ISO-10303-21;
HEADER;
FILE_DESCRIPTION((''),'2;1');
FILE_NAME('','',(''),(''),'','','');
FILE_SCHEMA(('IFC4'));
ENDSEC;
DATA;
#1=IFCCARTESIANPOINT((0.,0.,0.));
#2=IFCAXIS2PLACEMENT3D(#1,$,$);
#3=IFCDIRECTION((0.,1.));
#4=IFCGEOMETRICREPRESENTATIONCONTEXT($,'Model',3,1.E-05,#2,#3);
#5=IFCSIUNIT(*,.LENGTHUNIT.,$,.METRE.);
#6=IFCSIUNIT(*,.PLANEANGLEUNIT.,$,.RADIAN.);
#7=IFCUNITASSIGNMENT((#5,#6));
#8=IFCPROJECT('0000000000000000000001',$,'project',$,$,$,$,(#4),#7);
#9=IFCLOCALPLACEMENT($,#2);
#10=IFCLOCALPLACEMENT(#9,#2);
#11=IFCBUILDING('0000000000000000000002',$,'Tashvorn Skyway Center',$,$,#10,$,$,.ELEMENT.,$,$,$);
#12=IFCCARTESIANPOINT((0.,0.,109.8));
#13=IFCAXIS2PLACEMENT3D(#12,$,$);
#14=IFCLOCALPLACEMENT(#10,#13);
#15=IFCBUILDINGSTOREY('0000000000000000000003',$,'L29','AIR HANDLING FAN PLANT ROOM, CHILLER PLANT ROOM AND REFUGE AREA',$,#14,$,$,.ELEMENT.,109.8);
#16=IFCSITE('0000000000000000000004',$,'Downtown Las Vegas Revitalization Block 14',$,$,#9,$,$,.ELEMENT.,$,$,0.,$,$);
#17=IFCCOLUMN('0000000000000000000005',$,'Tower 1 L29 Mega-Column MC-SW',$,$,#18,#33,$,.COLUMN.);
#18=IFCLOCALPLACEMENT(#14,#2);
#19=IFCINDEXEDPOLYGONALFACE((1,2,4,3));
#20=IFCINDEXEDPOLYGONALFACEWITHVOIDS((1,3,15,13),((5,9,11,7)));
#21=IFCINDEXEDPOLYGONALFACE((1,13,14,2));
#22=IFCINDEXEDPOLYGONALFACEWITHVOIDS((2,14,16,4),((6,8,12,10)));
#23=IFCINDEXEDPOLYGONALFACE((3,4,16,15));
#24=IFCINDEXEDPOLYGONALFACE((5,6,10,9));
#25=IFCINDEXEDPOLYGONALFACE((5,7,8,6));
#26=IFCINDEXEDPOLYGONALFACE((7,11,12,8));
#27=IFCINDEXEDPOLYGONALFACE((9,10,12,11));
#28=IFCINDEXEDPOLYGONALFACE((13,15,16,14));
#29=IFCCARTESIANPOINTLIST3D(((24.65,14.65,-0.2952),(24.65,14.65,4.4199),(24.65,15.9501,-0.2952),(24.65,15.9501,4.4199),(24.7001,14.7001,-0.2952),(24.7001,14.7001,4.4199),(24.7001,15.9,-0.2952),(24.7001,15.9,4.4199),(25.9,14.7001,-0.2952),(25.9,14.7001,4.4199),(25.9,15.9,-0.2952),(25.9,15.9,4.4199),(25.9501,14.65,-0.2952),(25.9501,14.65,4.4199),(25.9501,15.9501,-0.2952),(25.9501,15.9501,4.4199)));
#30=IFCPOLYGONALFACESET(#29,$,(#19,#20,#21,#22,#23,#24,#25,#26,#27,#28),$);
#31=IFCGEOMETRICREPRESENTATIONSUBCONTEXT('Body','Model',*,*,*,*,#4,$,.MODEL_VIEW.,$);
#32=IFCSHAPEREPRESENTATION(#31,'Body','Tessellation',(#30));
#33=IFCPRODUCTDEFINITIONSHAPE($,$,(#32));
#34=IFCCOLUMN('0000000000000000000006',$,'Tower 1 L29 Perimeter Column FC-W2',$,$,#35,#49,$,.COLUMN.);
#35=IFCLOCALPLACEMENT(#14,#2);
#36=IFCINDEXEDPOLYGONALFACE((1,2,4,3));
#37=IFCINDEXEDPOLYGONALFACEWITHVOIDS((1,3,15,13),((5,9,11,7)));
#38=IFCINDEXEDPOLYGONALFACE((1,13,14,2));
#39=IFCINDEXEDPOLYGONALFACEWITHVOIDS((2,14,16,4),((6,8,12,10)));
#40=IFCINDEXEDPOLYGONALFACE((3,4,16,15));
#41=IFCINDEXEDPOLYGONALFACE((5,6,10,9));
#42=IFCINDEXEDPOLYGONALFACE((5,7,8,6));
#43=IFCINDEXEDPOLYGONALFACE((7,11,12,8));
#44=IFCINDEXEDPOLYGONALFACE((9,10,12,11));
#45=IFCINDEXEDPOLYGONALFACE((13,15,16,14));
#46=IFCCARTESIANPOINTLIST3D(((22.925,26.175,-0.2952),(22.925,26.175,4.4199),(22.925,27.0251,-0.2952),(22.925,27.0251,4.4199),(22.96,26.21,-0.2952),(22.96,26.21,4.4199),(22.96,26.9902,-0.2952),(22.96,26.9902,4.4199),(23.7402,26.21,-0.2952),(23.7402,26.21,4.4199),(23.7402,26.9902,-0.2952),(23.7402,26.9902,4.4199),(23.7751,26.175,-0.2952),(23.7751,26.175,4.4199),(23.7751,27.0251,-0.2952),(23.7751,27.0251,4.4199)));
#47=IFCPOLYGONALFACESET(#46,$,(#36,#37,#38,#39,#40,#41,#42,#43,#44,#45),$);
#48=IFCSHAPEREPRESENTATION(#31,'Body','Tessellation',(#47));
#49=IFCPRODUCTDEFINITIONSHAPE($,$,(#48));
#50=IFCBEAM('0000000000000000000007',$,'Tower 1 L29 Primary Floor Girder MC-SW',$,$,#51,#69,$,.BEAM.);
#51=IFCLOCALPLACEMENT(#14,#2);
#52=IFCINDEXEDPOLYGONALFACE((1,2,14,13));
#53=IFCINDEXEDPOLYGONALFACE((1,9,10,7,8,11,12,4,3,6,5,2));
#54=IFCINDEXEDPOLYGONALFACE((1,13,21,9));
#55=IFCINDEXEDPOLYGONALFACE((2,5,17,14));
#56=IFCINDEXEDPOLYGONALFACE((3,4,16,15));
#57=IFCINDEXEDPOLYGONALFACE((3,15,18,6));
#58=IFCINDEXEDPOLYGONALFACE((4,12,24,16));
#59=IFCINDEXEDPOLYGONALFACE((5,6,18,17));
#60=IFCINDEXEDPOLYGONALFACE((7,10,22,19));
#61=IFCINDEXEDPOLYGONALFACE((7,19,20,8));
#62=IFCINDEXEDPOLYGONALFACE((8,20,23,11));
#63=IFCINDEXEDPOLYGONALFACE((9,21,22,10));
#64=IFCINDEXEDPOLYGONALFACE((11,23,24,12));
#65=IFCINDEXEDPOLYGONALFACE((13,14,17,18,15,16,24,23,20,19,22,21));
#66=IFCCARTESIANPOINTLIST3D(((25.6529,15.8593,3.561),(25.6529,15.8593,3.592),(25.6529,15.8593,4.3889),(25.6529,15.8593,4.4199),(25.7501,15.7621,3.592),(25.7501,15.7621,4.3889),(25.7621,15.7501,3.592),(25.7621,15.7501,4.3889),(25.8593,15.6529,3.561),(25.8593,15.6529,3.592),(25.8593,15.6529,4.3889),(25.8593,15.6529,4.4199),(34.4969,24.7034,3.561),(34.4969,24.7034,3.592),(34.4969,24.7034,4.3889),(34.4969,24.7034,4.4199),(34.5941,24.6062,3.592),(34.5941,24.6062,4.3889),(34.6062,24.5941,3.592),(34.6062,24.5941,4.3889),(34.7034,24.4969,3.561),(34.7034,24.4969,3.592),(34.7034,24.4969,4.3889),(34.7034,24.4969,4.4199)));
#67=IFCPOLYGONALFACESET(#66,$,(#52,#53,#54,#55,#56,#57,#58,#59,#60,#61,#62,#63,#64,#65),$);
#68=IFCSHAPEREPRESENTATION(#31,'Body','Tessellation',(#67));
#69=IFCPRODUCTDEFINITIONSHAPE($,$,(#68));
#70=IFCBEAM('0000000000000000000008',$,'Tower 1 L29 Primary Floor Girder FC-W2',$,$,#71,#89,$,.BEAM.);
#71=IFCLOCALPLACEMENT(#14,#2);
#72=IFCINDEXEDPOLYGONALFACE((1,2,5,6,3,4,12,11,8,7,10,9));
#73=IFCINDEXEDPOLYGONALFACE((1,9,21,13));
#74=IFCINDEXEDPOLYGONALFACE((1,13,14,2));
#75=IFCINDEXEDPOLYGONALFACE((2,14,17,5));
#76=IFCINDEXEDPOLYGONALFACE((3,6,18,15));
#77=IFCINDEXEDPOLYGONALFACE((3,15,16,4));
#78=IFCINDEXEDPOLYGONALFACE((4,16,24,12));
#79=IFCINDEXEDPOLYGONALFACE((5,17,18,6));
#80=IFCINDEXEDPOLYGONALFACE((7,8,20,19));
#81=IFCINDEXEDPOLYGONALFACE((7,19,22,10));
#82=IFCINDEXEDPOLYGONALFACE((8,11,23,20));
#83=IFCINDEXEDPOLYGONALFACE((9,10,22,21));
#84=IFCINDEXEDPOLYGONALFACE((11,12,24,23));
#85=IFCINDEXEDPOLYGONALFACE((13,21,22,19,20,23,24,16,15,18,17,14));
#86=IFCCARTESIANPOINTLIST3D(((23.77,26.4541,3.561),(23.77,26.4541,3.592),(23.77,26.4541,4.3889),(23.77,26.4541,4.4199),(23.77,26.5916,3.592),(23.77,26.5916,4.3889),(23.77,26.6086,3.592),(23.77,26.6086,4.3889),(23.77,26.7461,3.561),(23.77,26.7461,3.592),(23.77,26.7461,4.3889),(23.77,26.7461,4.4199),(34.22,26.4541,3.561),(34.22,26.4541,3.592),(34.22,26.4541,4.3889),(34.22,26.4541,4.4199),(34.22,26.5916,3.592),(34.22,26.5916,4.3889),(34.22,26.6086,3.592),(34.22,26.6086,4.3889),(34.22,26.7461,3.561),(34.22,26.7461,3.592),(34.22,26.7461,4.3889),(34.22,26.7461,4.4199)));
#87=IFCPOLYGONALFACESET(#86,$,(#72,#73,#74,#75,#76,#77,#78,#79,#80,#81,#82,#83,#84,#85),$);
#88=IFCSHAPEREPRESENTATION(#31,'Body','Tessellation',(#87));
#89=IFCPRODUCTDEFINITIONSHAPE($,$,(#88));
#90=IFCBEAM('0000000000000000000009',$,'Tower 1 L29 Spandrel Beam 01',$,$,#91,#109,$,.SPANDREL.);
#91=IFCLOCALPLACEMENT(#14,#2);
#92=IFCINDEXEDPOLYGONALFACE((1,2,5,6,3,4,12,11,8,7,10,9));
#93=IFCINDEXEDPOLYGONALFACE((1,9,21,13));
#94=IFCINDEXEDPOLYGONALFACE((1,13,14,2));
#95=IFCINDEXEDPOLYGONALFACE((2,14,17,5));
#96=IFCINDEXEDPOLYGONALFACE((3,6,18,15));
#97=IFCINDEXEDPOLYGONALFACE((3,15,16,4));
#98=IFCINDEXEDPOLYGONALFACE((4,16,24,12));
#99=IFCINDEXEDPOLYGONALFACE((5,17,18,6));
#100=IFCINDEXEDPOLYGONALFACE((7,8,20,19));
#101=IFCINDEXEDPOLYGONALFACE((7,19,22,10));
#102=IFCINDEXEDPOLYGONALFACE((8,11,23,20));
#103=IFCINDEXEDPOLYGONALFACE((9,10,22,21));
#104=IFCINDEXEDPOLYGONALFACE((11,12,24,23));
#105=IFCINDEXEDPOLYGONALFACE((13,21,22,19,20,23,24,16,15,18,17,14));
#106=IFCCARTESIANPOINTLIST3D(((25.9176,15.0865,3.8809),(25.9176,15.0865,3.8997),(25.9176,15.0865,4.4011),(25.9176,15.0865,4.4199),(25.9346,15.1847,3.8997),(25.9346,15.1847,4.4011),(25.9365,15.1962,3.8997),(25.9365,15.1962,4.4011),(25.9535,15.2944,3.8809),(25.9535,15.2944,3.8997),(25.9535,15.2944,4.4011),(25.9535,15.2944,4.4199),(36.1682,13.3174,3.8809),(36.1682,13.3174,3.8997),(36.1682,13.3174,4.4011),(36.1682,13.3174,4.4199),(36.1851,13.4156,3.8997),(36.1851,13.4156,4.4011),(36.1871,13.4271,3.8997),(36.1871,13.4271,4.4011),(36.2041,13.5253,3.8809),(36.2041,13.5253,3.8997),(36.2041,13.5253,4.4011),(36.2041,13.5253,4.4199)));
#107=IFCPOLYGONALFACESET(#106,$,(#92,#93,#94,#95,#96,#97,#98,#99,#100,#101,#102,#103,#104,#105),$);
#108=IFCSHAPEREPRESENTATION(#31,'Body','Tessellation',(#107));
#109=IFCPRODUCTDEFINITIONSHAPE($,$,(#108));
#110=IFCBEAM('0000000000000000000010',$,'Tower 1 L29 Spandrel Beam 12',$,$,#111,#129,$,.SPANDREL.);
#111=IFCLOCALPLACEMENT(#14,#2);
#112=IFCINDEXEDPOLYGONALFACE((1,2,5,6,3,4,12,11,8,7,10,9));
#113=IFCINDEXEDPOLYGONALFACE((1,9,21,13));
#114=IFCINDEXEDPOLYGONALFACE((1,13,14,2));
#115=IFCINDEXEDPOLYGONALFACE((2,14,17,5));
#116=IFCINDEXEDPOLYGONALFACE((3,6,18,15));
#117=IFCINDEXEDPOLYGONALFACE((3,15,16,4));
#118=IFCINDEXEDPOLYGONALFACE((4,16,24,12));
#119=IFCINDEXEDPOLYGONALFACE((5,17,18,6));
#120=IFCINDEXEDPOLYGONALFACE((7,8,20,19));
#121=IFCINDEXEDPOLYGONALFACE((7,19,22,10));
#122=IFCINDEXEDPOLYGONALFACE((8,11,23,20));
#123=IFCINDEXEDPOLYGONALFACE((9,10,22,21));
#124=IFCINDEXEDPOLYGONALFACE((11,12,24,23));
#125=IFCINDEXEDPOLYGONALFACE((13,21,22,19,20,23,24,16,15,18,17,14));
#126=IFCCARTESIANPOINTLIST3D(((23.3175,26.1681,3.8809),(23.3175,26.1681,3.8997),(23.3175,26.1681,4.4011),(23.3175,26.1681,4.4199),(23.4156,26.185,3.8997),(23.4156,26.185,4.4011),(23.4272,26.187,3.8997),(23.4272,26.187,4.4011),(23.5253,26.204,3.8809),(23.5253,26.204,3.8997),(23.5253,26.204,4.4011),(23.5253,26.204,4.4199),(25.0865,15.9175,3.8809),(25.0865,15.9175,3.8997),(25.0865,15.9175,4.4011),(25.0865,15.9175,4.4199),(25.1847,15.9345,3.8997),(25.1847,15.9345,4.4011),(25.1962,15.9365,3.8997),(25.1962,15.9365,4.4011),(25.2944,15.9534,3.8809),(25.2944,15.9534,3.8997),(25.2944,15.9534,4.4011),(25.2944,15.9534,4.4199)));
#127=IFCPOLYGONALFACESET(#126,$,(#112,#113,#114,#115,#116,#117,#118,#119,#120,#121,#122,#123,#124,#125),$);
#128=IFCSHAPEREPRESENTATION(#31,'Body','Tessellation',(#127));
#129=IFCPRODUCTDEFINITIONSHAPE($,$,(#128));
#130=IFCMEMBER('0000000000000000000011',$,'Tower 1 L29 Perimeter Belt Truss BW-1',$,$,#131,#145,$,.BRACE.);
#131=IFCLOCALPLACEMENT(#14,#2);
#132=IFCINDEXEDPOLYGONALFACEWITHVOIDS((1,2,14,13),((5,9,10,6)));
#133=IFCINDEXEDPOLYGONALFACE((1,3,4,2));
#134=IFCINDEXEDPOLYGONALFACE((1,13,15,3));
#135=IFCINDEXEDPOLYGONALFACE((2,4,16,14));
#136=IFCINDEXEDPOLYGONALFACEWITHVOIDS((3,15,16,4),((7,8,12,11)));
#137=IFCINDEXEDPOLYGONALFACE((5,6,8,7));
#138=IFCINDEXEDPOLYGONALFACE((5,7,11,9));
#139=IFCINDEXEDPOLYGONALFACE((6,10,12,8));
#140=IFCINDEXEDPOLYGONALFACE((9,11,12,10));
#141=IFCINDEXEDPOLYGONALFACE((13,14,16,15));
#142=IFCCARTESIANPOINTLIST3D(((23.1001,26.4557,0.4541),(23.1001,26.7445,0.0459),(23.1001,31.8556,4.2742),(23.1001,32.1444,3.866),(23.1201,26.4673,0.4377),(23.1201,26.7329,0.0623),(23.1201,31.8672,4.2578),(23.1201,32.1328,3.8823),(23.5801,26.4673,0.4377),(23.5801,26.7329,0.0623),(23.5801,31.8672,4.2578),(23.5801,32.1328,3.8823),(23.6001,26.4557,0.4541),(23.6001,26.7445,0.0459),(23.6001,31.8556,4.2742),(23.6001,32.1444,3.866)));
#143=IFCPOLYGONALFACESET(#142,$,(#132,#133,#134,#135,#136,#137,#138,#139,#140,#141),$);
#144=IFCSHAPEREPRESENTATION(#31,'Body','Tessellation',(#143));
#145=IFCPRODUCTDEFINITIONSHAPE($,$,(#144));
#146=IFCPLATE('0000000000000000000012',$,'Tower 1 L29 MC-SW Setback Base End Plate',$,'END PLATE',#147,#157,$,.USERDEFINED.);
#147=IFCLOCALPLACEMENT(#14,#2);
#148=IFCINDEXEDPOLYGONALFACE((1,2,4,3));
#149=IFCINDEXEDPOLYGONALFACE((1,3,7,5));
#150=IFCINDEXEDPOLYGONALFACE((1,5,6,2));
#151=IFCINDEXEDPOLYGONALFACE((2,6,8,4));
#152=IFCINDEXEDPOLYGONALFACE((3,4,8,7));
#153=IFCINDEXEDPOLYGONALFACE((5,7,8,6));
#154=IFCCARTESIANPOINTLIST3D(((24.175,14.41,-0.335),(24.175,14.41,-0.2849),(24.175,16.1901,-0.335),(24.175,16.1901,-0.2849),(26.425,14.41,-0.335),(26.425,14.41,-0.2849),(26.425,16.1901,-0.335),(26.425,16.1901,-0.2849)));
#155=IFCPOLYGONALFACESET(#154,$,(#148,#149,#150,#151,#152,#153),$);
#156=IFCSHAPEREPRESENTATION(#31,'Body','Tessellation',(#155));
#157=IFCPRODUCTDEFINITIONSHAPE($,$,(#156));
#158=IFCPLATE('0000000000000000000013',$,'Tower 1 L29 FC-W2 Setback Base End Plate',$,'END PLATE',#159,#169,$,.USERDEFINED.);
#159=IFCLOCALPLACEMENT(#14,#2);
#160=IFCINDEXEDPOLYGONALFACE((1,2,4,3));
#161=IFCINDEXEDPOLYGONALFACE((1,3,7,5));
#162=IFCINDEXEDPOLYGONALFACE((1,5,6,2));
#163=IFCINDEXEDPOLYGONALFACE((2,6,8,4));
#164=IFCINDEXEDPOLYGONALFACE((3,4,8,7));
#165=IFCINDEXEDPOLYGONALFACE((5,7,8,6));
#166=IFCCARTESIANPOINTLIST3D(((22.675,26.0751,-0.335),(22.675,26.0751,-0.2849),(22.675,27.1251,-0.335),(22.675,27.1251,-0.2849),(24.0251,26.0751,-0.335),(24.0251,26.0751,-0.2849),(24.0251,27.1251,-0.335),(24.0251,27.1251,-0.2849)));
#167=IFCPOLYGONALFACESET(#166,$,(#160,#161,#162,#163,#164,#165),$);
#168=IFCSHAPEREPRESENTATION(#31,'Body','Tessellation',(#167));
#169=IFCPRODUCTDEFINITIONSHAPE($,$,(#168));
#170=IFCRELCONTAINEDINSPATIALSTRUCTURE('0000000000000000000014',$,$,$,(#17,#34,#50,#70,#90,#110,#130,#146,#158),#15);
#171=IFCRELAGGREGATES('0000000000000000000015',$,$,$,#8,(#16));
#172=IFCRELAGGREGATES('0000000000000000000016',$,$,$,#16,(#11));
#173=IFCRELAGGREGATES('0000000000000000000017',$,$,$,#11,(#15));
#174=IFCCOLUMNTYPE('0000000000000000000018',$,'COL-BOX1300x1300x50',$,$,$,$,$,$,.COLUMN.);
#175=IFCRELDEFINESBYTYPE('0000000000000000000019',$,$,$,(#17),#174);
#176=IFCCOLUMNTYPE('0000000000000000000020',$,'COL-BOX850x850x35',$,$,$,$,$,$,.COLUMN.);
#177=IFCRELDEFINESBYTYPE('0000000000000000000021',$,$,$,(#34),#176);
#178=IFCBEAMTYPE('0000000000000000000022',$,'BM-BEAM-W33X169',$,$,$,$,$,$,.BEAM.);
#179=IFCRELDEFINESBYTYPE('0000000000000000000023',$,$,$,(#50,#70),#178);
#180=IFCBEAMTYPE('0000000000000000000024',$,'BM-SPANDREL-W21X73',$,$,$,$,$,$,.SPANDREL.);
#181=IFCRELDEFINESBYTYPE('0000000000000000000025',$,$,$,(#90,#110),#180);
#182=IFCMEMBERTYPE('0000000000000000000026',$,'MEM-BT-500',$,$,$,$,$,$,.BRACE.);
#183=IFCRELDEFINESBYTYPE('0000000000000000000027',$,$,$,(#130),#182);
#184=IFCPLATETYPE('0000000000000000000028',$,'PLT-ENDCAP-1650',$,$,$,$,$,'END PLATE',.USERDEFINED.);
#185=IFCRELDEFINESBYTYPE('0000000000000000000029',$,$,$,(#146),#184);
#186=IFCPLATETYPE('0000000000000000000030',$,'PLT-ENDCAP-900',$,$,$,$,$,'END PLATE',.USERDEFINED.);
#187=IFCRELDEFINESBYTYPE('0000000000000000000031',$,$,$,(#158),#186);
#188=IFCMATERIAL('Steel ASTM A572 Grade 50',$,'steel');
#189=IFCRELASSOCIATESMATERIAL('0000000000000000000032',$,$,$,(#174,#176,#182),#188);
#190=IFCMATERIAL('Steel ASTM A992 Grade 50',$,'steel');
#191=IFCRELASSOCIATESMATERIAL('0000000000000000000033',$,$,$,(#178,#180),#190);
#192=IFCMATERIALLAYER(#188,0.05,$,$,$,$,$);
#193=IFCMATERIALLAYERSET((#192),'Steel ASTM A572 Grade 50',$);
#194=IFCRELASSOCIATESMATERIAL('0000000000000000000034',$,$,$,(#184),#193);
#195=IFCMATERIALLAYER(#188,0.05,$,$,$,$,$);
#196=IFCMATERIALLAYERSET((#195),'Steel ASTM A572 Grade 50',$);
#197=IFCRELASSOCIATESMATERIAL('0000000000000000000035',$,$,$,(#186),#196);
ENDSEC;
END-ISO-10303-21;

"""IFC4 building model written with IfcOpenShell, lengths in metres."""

from ifc_helpers import new_model, si_unit, direction, frame, origin, origin_2d, place, context, subcontext, project, spatial, rectangle, hollow_rectangle, i_section, extrude, material, layer, layer_set, material_profile, profile_set, type_object, element, save


model = new_model("IFC4")

# Units and contexts
model_context = context("Model", 3, precision=1e-05, world=origin(), true_north=direction((0.0, 1.0)))
body_context = subcontext(model_context, "Body", "Model", "MODEL_VIEW")
ifc_project = project(units=[si_unit("LENGTHUNIT", "METRE"), si_unit("PLANEANGLEUNIT", "RADIAN")], contexts=[model_context])

# Site, building, storey
site_placement = place(None, origin())
site = spatial("IfcSite", under=ifc_project, at=site_placement, Name="Downtown Las Vegas Revitalization Block 14", CompositionType="ELEMENT", RefElevation=0.0)
building_placement = place(site_placement, origin())
building = spatial("IfcBuilding", under=site, at=building_placement, Name="Tashvorn Skyway Center", CompositionType="ELEMENT")
storey_placement = place(building_placement, frame((0.0, 0.0, 109.8)))
storey = spatial("IfcBuildingStorey", under=building, at=storey_placement, Name="L29", Description="AIR HANDLING FAN PLANT ROOM, CHILLER PLANT ROOM AND REFUGE AREA", CompositionType="ELEMENT", Elevation=109.8)

# Columns
ifc_material_1 = material(Name="Steel ASTM A572 Grade 50", Category="steel")
ifc_material_profile_1 = material_profile(ifc_material_1, hollow_rectangle(XDim=1.3, YDim=1.3, WallThickness=0.05, at=origin_2d()), Name="BOX1300x1300x50")
ifc_profile_set_1 = profile_set([ifc_material_profile_1], Name="Steel ASTM A572 Grade 50")
column_type_1 = type_object("IfcColumnType", Name="COL-BOX1300x1300x50", PredefinedType="COLUMN", material=ifc_profile_set_1)
column_1_placement = place(storey_placement, frame((25.3, 15.3, -0.2952), z_axis=(0.0, 0.0, 1.0), x_axis=(1.0, 0.0, 0.0)))
element("IfcColumn", 1, at=column_1_placement, inside=storey, type_object=column_type_1, Name="Tower 1 L29 Mega-Column MC-SW", PredefinedType="COLUMN", context=body_context, shape_type="SweptSolid", body=[
    extrude(hollow_rectangle(XDim=1.3, YDim=1.3, WallThickness=0.05, at=origin_2d()), origin(), (0.0, 0.0, 1.0), 4.7151),
])
ifc_material_profile_2 = material_profile(ifc_material_1, hollow_rectangle(XDim=0.8501, YDim=0.8501, WallThickness=0.0349, at=origin_2d()), Name="BOX850x850x35")
ifc_profile_set_2 = profile_set([ifc_material_profile_2], Name="Steel ASTM A572 Grade 50")
column_type_2 = type_object("IfcColumnType", Name="COL-BOX850x850x35", PredefinedType="COLUMN", material=ifc_profile_set_2)
column_2_placement = place(storey_placement, frame((23.3501, 26.6001, -0.2952), z_axis=(0.0, 0.0, 1.0), x_axis=(1.0, 0.0, 0.0)))
element("IfcColumn", 2, at=column_2_placement, inside=storey, type_object=column_type_2, Name="Tower 1 L29 Perimeter Column FC-W2", PredefinedType="COLUMN", context=body_context, shape_type="SweptSolid", body=[
    extrude(hollow_rectangle(XDim=0.8501, YDim=0.8501, WallThickness=0.0349, at=origin_2d()), origin(), (0.0, 0.0, 1.0), 4.7151),
])

# Beams
ifc_material_2 = material(Name="Steel ASTM A992 Grade 50", Category="steel")
ifc_material_profile_3 = material_profile(ifc_material_2, i_section(OverallWidth=0.292, OverallDepth=0.8589, WebThickness=0.0171, FlangeThickness=0.031, at=origin_2d()), Name="W33X169")
ifc_profile_set_3 = profile_set([ifc_material_profile_3], Name="Steel ASTM A992 Grade 50")
beam_type_1 = type_object("IfcBeamType", Name="BM-BEAM-W33X169", PredefinedType="BEAM", material=ifc_profile_set_3)
beam_1_placement = place(storey_placement, frame((25.7561, 15.7561, 3.9905), z_axis=(0.707107, 0.707107, 0.0), x_axis=(-0.707107, 0.707107, 0.0)))
element("IfcBeam", 3, at=beam_1_placement, inside=storey, type_object=beam_type_1, Name="Tower 1 L29 Primary Floor Girder MC-SW", PredefinedType="BEAM", context=body_context, shape_type="SweptSolid", body=[
    extrude(i_section(OverallWidth=0.292, OverallDepth=0.8589, WebThickness=0.0171, FlangeThickness=0.031, at=origin_2d()), origin(), (0.0, 0.0, 1.0), 12.5073),
])
beam_2_placement = place(storey_placement, frame((23.77, 26.6001, 3.9905), z_axis=(1.0, 0.0, 0.0), x_axis=(0.0, 1.0, 0.0)))
element("IfcBeam", 4, at=beam_2_placement, inside=storey, type_object=beam_type_1, Name="Tower 1 L29 Primary Floor Girder FC-W2", PredefinedType="BEAM", context=body_context, shape_type="SweptSolid", body=[
    extrude(i_section(OverallWidth=0.292, OverallDepth=0.8589, WebThickness=0.0171, FlangeThickness=0.031, at=origin_2d()), origin(), (0.0, 0.0, 1.0), 10.45),
])
ifc_material_profile_4 = material_profile(ifc_material_2, i_section(OverallWidth=0.2109, OverallDepth=0.5391, WebThickness=0.0117, FlangeThickness=0.0188, at=origin_2d()), Name="W21X73")
ifc_profile_set_4 = profile_set([ifc_material_profile_4], Name="Steel ASTM A992 Grade 50")
beam_type_2 = type_object("IfcBeamType", Name="BM-SPANDREL-W21X73", PredefinedType="SPANDREL", material=ifc_profile_set_4)
for number, where, z_axis, x_axis, name in (
    (5, (25.9355, 15.1904, 4.1504), (0.985432, -0.170067, 0.0), (0.170067, 0.985432, 0.0), "Tower 1 L29 Spandrel Beam 01"),
    (6, (23.4214, 26.186, 4.1504), (0.170067, -0.985432, 0.0), (0.985432, 0.170067, 0.0), "Tower 1 L29 Spandrel Beam 12"),
):
    element("IfcBeam", number, at=place(storey_placement, frame(where, z_axis=z_axis, x_axis=x_axis)), inside=storey, type_object=beam_type_2, Name=name, PredefinedType="SPANDREL", context=body_context, shape_type="SweptSolid", body=[
        extrude(i_section(OverallWidth=0.2109, OverallDepth=0.5391, WebThickness=0.0117, FlangeThickness=0.0188, at=origin_2d()), origin(), (0.0, 0.0, 1.0), 10.4021),
    ])

# Member
ifc_material_profile_5 = material_profile(ifc_material_1, hollow_rectangle(XDim=0.5, YDim=0.5, WallThickness=0.02, at=origin_2d()), Name="HSS500x500x20")
ifc_profile_set_5 = profile_set([ifc_material_profile_5], Name="Steel ASTM A572 Grade 50")
member_type = type_object("IfcMemberType", Name="MEM-BT-500", PredefinedType="BRACE", material=ifc_profile_set_5)
member_placement = place(storey_placement, frame((23.3501, 26.6001, 0.25), z_axis=(0.0, 0.816371, 0.577528), x_axis=(-1.0, 0.0, 0.0)))
element("IfcMember", 7, at=member_placement, inside=storey, type_object=member_type, Name="Tower 1 L29 Perimeter Belt Truss BW-1", PredefinedType="BRACE", context=body_context, shape_type="SweptSolid", body=[
    extrude(hollow_rectangle(XDim=0.5, YDim=0.5, WallThickness=0.02, at=origin_2d()), origin(), (0.0, 0.0, 1.0), 6.6145),
])

# Plates
ifc_layer_1 = layer(ifc_material_1, 0.05)
ifc_layer_set_1 = layer_set([ifc_layer_1], Name="Steel ASTM A572 Grade 50")
plate_type_1 = type_object("IfcPlateType", Name="PLT-ENDCAP-1650", ElementType="END PLATE", PredefinedType="USERDEFINED", material=ifc_layer_set_1)
plate_1_placement = place(storey_placement, frame((25.3, 15.3, -0.335), z_axis=(0.0, 0.0, 1.0), x_axis=(1.0, 0.0, 0.0)))
element("IfcPlate", 8, at=plate_1_placement, inside=storey, type_object=plate_type_1, Name="Tower 1 L29 MC-SW Setback Base End Plate", ObjectType="END PLATE", PredefinedType="USERDEFINED", context=body_context, shape_type="SweptSolid", body=[
    extrude(rectangle(XDim=2.25, YDim=1.78, at=origin_2d()), origin(), (0.0, 0.0, 1.0), 0.05),
])
ifc_layer_2 = layer(ifc_material_1, 0.05)
ifc_layer_set_2 = layer_set([ifc_layer_2], Name="Steel ASTM A572 Grade 50")
plate_type_2 = type_object("IfcPlateType", Name="PLT-ENDCAP-900", ElementType="END PLATE", PredefinedType="USERDEFINED", material=ifc_layer_set_2)
plate_2_placement = place(storey_placement, frame((23.3501, 26.6001, -0.335), z_axis=(0.0, 0.0, 1.0), x_axis=(1.0, 0.0, 0.0)))
element("IfcPlate", 9, at=plate_2_placement, inside=storey, type_object=plate_type_2, Name="Tower 1 L29 FC-W2 Setback Base End Plate", ObjectType="END PLATE", PredefinedType="USERDEFINED", context=body_context, shape_type="SweptSolid", body=[
    extrude(rectangle(XDim=1.3501, YDim=1.05, at=origin_2d()), origin(), (0.0, 0.0, 1.0), 0.05),
])

save(model, "model.ifc")
